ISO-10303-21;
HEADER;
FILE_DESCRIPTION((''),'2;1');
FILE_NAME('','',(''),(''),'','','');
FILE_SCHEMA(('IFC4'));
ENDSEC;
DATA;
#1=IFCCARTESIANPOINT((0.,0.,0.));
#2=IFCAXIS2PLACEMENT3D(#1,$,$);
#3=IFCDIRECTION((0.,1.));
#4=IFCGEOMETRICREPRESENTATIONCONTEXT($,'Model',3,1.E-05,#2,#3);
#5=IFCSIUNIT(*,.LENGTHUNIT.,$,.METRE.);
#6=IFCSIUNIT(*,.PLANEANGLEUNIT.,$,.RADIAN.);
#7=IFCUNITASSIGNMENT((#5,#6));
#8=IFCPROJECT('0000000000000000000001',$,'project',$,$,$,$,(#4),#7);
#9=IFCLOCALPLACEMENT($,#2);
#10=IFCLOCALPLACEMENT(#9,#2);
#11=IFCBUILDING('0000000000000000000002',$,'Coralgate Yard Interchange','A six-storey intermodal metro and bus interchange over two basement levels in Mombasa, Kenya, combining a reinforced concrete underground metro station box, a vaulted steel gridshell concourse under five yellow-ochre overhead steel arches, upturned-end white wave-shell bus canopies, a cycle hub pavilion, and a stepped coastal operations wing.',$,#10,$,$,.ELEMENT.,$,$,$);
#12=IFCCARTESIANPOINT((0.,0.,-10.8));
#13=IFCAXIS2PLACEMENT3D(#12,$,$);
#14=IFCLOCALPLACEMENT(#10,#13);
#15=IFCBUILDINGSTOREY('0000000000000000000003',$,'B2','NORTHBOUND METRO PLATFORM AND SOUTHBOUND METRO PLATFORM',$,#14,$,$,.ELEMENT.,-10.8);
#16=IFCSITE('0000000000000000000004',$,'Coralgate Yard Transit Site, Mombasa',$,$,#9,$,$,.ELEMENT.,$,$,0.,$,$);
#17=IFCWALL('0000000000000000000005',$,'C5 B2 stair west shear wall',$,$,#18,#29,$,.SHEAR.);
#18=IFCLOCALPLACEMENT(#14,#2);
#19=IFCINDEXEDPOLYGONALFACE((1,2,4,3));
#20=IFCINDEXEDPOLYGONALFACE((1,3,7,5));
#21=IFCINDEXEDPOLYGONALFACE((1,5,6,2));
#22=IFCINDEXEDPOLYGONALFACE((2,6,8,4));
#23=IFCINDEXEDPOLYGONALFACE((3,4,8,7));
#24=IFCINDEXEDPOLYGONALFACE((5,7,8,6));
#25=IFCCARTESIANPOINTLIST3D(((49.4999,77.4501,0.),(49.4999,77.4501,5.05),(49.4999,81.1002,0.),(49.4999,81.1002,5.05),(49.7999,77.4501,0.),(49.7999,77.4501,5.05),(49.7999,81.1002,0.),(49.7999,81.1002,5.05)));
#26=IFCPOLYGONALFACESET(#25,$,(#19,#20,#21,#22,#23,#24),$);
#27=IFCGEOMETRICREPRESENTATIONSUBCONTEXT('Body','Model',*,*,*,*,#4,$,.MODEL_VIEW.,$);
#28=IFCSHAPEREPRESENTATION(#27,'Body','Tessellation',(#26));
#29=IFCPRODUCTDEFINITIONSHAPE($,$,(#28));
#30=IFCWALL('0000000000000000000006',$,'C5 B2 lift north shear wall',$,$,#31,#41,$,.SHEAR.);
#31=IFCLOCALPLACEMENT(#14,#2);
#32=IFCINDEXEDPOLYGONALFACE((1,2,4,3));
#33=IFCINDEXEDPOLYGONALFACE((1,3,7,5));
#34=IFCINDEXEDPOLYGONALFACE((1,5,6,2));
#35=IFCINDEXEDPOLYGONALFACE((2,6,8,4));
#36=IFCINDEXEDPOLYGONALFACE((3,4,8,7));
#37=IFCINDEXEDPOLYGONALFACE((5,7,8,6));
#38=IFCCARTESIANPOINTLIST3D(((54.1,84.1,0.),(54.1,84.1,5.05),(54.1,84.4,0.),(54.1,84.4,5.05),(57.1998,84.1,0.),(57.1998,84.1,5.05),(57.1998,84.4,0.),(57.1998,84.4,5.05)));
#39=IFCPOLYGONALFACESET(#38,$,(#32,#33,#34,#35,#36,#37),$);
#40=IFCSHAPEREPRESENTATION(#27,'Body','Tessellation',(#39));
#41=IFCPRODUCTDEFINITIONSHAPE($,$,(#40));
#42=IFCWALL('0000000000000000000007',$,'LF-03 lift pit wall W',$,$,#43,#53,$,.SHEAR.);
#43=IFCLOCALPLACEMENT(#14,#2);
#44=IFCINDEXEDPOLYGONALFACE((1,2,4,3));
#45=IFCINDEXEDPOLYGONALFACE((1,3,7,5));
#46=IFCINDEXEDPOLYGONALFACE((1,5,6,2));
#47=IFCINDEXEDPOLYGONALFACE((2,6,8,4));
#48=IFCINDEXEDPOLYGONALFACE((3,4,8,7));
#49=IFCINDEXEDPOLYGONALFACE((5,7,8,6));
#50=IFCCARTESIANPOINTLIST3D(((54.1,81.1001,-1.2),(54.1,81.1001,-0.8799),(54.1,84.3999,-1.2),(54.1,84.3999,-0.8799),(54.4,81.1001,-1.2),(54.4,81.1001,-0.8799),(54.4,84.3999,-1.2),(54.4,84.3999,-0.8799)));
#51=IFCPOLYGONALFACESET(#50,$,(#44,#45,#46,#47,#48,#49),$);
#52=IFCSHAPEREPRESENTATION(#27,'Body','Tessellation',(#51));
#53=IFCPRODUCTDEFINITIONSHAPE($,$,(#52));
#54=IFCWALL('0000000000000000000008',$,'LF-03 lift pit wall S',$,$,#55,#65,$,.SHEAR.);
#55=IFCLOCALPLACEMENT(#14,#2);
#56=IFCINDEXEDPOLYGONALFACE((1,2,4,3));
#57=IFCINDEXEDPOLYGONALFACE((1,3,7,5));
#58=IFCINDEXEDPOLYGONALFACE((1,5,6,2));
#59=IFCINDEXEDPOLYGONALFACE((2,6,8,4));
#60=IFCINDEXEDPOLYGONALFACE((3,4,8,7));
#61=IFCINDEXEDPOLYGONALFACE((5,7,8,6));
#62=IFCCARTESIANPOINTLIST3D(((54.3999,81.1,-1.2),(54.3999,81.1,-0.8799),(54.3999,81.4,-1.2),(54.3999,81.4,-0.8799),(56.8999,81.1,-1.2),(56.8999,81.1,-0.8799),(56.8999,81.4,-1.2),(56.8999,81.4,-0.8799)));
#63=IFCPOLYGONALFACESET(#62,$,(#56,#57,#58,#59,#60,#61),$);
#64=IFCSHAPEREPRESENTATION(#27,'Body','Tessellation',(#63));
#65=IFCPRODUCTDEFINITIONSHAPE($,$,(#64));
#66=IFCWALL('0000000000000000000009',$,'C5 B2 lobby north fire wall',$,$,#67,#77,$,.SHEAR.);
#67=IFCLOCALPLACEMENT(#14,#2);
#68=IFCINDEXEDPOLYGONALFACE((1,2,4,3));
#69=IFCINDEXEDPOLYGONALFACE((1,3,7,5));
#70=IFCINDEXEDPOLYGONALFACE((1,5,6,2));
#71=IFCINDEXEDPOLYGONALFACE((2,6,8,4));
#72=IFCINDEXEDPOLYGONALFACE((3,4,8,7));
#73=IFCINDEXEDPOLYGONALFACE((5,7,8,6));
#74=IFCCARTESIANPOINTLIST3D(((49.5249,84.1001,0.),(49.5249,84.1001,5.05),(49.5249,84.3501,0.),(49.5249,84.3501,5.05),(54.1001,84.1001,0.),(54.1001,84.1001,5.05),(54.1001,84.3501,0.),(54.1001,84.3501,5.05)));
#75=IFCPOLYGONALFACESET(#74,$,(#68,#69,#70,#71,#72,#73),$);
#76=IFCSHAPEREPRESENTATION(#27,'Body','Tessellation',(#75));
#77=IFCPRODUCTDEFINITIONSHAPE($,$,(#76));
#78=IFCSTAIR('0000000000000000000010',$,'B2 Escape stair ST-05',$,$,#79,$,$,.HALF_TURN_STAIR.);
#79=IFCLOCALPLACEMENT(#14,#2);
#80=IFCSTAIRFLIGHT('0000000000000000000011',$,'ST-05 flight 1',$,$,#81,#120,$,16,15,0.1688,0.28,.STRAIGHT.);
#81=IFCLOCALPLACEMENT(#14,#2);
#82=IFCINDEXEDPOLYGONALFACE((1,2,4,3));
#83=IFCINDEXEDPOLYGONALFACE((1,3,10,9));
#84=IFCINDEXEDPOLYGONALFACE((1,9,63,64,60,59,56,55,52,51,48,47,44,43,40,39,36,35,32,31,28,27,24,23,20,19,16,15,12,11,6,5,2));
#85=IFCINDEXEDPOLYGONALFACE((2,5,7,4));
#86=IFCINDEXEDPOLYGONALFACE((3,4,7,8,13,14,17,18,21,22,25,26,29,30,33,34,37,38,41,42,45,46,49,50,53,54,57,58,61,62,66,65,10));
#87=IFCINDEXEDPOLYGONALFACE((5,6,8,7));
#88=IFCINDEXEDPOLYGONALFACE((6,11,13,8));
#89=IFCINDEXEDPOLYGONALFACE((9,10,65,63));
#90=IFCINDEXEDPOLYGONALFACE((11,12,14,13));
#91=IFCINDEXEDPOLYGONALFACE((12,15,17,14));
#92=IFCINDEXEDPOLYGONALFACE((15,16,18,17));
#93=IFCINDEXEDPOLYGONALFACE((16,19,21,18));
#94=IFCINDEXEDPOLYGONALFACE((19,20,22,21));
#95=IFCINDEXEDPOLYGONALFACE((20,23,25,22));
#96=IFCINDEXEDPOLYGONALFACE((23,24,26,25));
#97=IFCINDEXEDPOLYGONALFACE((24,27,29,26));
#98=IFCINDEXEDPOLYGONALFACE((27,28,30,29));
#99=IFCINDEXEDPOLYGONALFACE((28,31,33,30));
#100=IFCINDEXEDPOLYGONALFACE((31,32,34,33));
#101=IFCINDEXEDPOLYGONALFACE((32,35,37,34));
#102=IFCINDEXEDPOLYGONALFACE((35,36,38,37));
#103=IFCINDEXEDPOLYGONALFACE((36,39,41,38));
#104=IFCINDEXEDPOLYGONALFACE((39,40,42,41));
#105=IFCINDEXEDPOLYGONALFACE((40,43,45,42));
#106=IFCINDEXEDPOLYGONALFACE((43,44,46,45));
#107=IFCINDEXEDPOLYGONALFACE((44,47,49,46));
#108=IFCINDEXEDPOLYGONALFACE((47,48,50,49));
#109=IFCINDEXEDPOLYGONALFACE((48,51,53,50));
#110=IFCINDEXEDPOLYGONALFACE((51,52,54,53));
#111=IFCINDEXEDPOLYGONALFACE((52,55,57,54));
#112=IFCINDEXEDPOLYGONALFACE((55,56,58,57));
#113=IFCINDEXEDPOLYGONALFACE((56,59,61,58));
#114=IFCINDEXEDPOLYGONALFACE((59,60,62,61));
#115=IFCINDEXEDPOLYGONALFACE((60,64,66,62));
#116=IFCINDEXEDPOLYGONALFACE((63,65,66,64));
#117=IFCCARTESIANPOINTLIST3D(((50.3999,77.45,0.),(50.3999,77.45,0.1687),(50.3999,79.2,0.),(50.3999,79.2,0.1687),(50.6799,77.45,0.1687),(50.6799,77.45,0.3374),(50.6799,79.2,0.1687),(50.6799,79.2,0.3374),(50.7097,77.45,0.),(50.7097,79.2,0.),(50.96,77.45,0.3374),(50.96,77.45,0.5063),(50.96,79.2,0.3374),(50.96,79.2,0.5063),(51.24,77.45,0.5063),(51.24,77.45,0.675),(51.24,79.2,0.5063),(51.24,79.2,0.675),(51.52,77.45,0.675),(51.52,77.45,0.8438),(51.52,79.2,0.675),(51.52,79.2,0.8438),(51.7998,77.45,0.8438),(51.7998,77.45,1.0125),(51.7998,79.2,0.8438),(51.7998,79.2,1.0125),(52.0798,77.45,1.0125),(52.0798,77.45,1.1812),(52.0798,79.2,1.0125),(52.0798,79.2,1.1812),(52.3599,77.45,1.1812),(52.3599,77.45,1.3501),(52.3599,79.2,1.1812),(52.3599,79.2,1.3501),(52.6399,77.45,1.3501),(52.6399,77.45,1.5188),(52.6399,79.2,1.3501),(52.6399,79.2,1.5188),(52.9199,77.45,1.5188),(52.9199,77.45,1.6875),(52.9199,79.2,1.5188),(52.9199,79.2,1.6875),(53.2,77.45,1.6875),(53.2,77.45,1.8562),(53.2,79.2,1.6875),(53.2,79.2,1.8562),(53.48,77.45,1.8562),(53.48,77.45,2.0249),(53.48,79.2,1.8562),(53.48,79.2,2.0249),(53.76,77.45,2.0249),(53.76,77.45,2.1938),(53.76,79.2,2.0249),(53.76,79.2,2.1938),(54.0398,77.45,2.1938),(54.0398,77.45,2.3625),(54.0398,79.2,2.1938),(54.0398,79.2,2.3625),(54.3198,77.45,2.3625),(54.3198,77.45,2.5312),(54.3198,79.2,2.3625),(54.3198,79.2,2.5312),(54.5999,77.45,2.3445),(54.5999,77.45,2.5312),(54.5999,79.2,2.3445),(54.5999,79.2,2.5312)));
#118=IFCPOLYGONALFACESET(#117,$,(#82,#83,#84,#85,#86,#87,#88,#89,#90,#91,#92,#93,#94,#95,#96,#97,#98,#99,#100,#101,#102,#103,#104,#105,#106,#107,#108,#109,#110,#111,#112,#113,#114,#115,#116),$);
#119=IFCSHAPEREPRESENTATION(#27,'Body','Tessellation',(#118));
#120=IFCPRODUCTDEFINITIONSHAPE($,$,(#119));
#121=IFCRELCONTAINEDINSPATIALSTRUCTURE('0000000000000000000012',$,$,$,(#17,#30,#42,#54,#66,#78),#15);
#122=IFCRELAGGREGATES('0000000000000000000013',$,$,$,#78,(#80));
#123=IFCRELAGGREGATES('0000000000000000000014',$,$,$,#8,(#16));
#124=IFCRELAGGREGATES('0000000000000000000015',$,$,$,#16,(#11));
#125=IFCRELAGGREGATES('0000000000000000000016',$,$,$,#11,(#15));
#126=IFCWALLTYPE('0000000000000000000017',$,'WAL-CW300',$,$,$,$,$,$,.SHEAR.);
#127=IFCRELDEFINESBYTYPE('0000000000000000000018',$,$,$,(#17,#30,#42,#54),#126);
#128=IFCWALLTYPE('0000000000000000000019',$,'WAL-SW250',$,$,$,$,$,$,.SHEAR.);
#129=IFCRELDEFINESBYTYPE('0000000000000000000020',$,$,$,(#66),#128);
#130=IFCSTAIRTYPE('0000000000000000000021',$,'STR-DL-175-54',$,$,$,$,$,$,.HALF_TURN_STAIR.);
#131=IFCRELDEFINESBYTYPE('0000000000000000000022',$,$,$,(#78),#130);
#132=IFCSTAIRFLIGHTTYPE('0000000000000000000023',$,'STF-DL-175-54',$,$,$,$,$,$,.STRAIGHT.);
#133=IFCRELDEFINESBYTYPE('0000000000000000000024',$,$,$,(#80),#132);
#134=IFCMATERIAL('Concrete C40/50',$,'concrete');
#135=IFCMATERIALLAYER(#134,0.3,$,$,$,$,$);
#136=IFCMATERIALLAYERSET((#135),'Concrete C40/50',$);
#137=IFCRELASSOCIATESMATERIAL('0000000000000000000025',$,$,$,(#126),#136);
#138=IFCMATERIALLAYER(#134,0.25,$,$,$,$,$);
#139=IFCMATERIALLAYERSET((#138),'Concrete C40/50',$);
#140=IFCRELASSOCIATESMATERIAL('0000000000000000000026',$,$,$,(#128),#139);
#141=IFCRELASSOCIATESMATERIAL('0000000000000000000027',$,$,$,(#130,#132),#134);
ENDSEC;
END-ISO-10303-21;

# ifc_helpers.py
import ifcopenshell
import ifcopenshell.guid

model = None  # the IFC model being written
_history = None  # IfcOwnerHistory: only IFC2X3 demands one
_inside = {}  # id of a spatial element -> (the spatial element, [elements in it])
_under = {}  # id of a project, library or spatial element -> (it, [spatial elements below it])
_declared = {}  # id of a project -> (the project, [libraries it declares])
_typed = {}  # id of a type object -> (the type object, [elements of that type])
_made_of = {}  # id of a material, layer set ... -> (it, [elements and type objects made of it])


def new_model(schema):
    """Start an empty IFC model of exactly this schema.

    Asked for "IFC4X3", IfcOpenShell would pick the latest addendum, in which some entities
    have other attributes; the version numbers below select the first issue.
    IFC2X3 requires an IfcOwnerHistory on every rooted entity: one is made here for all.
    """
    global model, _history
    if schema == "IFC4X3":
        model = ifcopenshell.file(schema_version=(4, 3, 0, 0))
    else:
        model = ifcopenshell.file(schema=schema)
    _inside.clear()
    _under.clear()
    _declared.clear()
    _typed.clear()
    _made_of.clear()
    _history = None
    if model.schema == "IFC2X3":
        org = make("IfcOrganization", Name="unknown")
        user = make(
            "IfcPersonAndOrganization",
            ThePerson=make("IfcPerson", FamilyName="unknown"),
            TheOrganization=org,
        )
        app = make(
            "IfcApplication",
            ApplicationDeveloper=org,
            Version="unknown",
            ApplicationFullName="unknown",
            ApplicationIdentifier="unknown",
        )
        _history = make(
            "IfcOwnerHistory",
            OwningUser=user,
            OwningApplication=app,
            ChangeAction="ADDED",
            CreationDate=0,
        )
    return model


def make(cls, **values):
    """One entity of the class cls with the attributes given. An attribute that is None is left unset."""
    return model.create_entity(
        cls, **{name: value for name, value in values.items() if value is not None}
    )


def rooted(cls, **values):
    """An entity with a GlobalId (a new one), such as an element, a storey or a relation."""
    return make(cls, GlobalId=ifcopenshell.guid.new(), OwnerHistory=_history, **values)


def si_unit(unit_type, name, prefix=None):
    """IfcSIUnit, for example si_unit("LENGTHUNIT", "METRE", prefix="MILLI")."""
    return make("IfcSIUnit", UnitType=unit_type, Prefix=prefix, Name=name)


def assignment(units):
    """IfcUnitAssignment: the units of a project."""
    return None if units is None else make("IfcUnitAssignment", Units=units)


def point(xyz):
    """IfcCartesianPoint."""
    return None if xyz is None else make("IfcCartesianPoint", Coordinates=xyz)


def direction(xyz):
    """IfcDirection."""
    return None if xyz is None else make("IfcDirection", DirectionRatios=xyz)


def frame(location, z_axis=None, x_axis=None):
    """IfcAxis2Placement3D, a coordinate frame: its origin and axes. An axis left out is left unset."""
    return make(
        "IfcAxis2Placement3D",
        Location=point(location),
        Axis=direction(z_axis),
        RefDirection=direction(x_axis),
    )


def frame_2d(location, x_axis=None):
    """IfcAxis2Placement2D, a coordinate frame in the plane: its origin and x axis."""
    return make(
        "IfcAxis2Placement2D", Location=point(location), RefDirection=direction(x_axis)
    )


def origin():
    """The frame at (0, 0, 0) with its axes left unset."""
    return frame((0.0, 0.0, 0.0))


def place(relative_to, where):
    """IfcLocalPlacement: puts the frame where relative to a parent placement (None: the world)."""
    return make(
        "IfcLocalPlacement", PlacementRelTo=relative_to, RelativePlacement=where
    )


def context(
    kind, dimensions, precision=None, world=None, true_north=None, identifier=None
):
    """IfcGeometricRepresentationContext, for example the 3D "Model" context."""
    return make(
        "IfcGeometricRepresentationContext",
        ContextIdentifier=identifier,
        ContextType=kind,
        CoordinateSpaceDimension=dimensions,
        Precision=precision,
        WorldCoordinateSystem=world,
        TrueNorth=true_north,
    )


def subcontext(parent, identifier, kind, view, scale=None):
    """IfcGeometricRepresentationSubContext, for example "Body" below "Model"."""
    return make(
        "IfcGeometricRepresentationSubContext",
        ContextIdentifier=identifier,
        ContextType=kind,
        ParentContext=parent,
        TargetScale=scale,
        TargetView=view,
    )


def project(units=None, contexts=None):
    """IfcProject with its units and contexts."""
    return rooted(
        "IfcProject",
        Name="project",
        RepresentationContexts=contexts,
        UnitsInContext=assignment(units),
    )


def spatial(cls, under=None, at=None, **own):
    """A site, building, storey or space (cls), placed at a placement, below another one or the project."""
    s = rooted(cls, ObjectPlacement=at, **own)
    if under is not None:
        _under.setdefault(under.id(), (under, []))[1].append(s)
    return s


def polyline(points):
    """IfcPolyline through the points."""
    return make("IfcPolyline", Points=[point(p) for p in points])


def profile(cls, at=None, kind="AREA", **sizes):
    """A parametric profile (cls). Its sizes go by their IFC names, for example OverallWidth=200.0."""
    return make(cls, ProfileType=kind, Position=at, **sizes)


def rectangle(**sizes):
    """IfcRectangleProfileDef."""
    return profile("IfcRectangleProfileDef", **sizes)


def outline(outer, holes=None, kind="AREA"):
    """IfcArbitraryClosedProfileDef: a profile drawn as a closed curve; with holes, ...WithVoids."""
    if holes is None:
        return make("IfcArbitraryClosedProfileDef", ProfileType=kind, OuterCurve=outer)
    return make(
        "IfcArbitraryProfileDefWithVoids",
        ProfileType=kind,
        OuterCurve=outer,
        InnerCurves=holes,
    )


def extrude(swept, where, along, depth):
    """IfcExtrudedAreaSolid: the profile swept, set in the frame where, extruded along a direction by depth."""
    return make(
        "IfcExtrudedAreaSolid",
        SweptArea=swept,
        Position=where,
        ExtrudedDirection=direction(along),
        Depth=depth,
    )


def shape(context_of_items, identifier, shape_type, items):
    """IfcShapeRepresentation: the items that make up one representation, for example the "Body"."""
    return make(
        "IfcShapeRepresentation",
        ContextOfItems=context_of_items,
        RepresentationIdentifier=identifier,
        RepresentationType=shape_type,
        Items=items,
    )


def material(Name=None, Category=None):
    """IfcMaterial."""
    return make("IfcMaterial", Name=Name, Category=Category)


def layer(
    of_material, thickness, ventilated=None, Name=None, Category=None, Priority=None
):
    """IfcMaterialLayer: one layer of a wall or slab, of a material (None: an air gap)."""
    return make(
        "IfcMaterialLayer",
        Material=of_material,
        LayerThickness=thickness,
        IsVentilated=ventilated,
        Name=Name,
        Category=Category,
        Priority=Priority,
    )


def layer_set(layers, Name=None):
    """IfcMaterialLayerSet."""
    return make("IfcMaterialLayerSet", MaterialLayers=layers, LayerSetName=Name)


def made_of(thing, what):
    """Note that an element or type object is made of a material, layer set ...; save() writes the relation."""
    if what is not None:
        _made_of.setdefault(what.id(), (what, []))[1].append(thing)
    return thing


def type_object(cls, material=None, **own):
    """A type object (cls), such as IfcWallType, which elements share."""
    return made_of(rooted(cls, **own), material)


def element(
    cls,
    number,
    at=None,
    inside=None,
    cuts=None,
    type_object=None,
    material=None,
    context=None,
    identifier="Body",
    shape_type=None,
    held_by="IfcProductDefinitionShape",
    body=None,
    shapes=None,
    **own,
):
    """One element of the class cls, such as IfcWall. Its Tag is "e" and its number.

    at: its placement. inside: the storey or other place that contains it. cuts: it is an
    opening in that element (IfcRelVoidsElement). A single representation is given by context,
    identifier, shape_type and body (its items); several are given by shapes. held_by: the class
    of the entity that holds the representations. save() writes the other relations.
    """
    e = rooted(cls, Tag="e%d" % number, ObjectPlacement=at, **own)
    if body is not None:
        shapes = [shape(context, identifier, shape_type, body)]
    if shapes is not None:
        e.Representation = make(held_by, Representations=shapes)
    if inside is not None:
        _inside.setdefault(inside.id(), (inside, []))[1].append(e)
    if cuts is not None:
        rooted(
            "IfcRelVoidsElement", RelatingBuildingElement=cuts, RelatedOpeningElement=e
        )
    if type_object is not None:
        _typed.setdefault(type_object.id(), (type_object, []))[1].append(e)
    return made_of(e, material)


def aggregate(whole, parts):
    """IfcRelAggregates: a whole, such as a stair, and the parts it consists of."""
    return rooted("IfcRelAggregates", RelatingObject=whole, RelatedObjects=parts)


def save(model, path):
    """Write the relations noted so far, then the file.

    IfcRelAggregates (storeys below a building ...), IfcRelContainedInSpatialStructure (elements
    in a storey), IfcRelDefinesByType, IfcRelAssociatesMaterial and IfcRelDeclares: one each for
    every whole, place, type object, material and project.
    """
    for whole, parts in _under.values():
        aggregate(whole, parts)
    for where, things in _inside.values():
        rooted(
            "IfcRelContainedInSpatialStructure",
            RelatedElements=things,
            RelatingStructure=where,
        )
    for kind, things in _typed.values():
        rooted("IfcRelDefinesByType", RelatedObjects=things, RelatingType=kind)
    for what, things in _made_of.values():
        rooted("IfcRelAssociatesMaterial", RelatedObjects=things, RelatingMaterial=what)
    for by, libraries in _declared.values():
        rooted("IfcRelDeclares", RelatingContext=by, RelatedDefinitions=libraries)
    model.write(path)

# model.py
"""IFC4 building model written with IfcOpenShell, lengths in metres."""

from ifc_helpers import new_model, si_unit, direction, frame, frame_2d, origin, place, context, subcontext, project, spatial, polyline, rectangle, outline, extrude, material, layer, layer_set, type_object, element, aggregate, save


model = new_model("IFC4")

# Units and contexts
model_context = context("Model", 3, precision=1e-05, world=origin(), true_north=direction((0.0, 1.0)))
body_context = subcontext(model_context, "Body", "Model", "MODEL_VIEW")
ifc_project = project(units=[si_unit("LENGTHUNIT", "METRE"), si_unit("PLANEANGLEUNIT", "RADIAN")], contexts=[model_context])

# Site, building, storey
site_placement = place(None, origin())
site = spatial("IfcSite", under=ifc_project, at=site_placement, Name="Coralgate Yard Transit Site, Mombasa", CompositionType="ELEMENT", RefElevation=0.0)
building_placement = place(site_placement, origin())
building = spatial("IfcBuilding", under=site, at=building_placement, Name="Coralgate Yard Interchange", Description="A six-storey intermodal metro and bus interchange over two basement levels in Mombasa, Kenya, combining a reinforced concrete underground metro station box, a vaulted steel gridshell concourse under five yellow-ochre overhead steel arches, upturned-end white wave-shell bus canopies, a cycle hub pavilion, and a stepped coastal operations wing.", CompositionType="ELEMENT")
storey_placement = place(building_placement, frame((0.0, 0.0, -10.8)))
storey = spatial("IfcBuildingStorey", under=building, at=storey_placement, Name="B2", Description="NORTHBOUND METRO PLATFORM AND SOUTHBOUND METRO PLATFORM", CompositionType="ELEMENT", Elevation=-10.8)

# Shared definitions
ifc_material_1 = material(Name="Concrete C40/50", Category="concrete")

# Wall
ifc_layer_1 = layer(ifc_material_1, 0.3)
ifc_layer_set_1 = layer_set([ifc_layer_1], Name="Concrete C40/50")
wall_type_1 = type_object("IfcWallType", Name="WAL-CW300", PredefinedType="SHEAR", material=ifc_layer_set_1)
wall_1_placement = place(storey_placement, frame((49.6499, 77.45, 0.0), z_axis=(0.0, 0.0, 1.0), x_axis=(0.0, 1.0, 0.0)))
element("IfcWall", 1, at=wall_1_placement, inside=storey, type_object=wall_type_1, Name="C5 B2 stair west shear wall", PredefinedType="SHEAR", context=body_context, shape_type="SweptSolid", body=[
    extrude(rectangle(XDim=3.6501, YDim=0.3, at=frame_2d((1.8252, 0.0))), origin(), (0.0, 0.0, 1.0), 5.05),
])

# Walls
wall_2_placement = place(storey_placement, frame((54.1001, 84.25, 0.0), z_axis=(0.0, 0.0, 1.0), x_axis=(1.0, 0.0, 0.0)))
element("IfcWall", 2, at=wall_2_placement, inside=storey, type_object=wall_type_1, Name="C5 B2 lift north shear wall", PredefinedType="SHEAR", context=body_context, shape_type="SweptSolid", body=[
    extrude(rectangle(XDim=3.0999, YDim=0.3, at=frame_2d((1.5498, 0.0))), origin(), (0.0, 0.0, 1.0), 5.05),
])
wall_3_placement = place(storey_placement, frame((54.25, 81.1001, -1.2), z_axis=(0.0, 0.0, 1.0), x_axis=(0.0, 1.0, 0.0)))
element("IfcWall", 3, at=wall_3_placement, inside=storey, type_object=wall_type_1, Name="LF-03 lift pit wall W", PredefinedType="SHEAR", context=body_context, shape_type="SweptSolid", body=[
    extrude(rectangle(XDim=3.2998, YDim=0.3, at=frame_2d((1.6499, 0.0))), origin(), (0.0, 0.0, 1.0), 0.3201),
])
wall_4_placement = place(storey_placement, frame((54.3999, 81.25, -1.2), z_axis=(0.0, 0.0, 1.0), x_axis=(1.0, 0.0, 0.0)))
element("IfcWall", 4, at=wall_4_placement, inside=storey, type_object=wall_type_1, Name="LF-03 lift pit wall S", PredefinedType="SHEAR", context=body_context, shape_type="SweptSolid", body=[
    extrude(rectangle(XDim=2.5, YDim=0.3, at=frame_2d((1.25, 0.0))), origin(), (0.0, 0.0, 1.0), 0.3201),
])
ifc_layer_2 = layer(ifc_material_1, 0.25)
ifc_layer_set_2 = layer_set([ifc_layer_2], Name="Concrete C40/50")
wall_type_2 = type_object("IfcWallType", Name="WAL-SW250", PredefinedType="SHEAR", material=ifc_layer_set_2)
wall_5_placement = place(storey_placement, frame((54.1001, 84.2251, 0.0), z_axis=(0.0, 0.0, 1.0), x_axis=(-1.0, 0.0, 0.0)))
element("IfcWall", 5, at=wall_5_placement, inside=storey, type_object=wall_type_2, Name="C5 B2 lobby north fire wall", PredefinedType="SHEAR", context=body_context, shape_type="SweptSolid", body=[
    extrude(rectangle(XDim=4.5752, YDim=0.25, at=frame_2d((2.2876, 0.0))), origin(), (0.0, 0.0, 1.0), 5.05),
])

# Stair, stair flight
stair_type = type_object("IfcStairType", Name="STR-DL-175-54", PredefinedType="HALF_TURN_STAIR", material=ifc_material_1)
stair_placement = place(storey_placement, origin())
stair = element("IfcStair", 6, at=stair_placement, inside=storey, type_object=stair_type, Name="B2 Escape stair ST-05", PredefinedType="HALF_TURN_STAIR")
stair_flight_type = type_object("IfcStairFlightType", Name="STF-DL-175-54", PredefinedType="STRAIGHT", material=ifc_material_1)
stair_flight_placement = place(storey_placement, frame((50.3999, 78.325, 0.0), z_axis=(0.0, 0.0, 1.0), x_axis=(1.0, 0.0, 0.0)))
stair_flight = element("IfcStairFlight", 7, at=stair_flight_placement, type_object=stair_flight_type, Name="ST-05 flight 1", NumberOfRisers=16, NumberOfTreads=15, PredefinedType="STRAIGHT", RiserHeight=0.1688, TreadLength=0.28, context=body_context, shape_type="SweptSolid", body=[
    extrude(outline(polyline([(0.0, 0.0), (0.0, 0.1687), (0.28, 0.1687), (0.28, 0.3374), (0.5601, 0.3374), (0.5601, 0.5063), (0.8401, 0.5063), (0.8401, 0.675), (1.1201, 0.675), (1.1201, 0.8438), (1.3999, 0.8438), (1.3999, 1.0125), (1.6799, 1.0125), (1.6799, 1.1812), (1.96, 1.1812), (1.96, 1.3501), (2.24, 1.3501), (2.24, 1.5188), (2.52, 1.5188), (2.52, 1.6875), (2.8, 1.6875), (2.8, 1.8562), (3.0801, 1.8562), (3.0801, 2.0249), (3.3601, 2.0249), (3.3601, 2.1938), (3.6399, 2.1938), (3.6399, 2.3625), (3.9199, 2.3625), (3.9199, 2.5312), (4.2, 2.5312), (4.2, 2.7), (4.2, 2.3445), (0.3098, 0.0), (0.0, 0.0)])), frame((0.0, 0.875, 0.0), z_axis=(0.0, -1.0, 0.0), x_axis=(1.0, 0.0, 0.0)), (0.0, 0.0, 1.0), 1.75),
])
aggregate(stair, [stair_flight])

save(model, "model.ifc")
